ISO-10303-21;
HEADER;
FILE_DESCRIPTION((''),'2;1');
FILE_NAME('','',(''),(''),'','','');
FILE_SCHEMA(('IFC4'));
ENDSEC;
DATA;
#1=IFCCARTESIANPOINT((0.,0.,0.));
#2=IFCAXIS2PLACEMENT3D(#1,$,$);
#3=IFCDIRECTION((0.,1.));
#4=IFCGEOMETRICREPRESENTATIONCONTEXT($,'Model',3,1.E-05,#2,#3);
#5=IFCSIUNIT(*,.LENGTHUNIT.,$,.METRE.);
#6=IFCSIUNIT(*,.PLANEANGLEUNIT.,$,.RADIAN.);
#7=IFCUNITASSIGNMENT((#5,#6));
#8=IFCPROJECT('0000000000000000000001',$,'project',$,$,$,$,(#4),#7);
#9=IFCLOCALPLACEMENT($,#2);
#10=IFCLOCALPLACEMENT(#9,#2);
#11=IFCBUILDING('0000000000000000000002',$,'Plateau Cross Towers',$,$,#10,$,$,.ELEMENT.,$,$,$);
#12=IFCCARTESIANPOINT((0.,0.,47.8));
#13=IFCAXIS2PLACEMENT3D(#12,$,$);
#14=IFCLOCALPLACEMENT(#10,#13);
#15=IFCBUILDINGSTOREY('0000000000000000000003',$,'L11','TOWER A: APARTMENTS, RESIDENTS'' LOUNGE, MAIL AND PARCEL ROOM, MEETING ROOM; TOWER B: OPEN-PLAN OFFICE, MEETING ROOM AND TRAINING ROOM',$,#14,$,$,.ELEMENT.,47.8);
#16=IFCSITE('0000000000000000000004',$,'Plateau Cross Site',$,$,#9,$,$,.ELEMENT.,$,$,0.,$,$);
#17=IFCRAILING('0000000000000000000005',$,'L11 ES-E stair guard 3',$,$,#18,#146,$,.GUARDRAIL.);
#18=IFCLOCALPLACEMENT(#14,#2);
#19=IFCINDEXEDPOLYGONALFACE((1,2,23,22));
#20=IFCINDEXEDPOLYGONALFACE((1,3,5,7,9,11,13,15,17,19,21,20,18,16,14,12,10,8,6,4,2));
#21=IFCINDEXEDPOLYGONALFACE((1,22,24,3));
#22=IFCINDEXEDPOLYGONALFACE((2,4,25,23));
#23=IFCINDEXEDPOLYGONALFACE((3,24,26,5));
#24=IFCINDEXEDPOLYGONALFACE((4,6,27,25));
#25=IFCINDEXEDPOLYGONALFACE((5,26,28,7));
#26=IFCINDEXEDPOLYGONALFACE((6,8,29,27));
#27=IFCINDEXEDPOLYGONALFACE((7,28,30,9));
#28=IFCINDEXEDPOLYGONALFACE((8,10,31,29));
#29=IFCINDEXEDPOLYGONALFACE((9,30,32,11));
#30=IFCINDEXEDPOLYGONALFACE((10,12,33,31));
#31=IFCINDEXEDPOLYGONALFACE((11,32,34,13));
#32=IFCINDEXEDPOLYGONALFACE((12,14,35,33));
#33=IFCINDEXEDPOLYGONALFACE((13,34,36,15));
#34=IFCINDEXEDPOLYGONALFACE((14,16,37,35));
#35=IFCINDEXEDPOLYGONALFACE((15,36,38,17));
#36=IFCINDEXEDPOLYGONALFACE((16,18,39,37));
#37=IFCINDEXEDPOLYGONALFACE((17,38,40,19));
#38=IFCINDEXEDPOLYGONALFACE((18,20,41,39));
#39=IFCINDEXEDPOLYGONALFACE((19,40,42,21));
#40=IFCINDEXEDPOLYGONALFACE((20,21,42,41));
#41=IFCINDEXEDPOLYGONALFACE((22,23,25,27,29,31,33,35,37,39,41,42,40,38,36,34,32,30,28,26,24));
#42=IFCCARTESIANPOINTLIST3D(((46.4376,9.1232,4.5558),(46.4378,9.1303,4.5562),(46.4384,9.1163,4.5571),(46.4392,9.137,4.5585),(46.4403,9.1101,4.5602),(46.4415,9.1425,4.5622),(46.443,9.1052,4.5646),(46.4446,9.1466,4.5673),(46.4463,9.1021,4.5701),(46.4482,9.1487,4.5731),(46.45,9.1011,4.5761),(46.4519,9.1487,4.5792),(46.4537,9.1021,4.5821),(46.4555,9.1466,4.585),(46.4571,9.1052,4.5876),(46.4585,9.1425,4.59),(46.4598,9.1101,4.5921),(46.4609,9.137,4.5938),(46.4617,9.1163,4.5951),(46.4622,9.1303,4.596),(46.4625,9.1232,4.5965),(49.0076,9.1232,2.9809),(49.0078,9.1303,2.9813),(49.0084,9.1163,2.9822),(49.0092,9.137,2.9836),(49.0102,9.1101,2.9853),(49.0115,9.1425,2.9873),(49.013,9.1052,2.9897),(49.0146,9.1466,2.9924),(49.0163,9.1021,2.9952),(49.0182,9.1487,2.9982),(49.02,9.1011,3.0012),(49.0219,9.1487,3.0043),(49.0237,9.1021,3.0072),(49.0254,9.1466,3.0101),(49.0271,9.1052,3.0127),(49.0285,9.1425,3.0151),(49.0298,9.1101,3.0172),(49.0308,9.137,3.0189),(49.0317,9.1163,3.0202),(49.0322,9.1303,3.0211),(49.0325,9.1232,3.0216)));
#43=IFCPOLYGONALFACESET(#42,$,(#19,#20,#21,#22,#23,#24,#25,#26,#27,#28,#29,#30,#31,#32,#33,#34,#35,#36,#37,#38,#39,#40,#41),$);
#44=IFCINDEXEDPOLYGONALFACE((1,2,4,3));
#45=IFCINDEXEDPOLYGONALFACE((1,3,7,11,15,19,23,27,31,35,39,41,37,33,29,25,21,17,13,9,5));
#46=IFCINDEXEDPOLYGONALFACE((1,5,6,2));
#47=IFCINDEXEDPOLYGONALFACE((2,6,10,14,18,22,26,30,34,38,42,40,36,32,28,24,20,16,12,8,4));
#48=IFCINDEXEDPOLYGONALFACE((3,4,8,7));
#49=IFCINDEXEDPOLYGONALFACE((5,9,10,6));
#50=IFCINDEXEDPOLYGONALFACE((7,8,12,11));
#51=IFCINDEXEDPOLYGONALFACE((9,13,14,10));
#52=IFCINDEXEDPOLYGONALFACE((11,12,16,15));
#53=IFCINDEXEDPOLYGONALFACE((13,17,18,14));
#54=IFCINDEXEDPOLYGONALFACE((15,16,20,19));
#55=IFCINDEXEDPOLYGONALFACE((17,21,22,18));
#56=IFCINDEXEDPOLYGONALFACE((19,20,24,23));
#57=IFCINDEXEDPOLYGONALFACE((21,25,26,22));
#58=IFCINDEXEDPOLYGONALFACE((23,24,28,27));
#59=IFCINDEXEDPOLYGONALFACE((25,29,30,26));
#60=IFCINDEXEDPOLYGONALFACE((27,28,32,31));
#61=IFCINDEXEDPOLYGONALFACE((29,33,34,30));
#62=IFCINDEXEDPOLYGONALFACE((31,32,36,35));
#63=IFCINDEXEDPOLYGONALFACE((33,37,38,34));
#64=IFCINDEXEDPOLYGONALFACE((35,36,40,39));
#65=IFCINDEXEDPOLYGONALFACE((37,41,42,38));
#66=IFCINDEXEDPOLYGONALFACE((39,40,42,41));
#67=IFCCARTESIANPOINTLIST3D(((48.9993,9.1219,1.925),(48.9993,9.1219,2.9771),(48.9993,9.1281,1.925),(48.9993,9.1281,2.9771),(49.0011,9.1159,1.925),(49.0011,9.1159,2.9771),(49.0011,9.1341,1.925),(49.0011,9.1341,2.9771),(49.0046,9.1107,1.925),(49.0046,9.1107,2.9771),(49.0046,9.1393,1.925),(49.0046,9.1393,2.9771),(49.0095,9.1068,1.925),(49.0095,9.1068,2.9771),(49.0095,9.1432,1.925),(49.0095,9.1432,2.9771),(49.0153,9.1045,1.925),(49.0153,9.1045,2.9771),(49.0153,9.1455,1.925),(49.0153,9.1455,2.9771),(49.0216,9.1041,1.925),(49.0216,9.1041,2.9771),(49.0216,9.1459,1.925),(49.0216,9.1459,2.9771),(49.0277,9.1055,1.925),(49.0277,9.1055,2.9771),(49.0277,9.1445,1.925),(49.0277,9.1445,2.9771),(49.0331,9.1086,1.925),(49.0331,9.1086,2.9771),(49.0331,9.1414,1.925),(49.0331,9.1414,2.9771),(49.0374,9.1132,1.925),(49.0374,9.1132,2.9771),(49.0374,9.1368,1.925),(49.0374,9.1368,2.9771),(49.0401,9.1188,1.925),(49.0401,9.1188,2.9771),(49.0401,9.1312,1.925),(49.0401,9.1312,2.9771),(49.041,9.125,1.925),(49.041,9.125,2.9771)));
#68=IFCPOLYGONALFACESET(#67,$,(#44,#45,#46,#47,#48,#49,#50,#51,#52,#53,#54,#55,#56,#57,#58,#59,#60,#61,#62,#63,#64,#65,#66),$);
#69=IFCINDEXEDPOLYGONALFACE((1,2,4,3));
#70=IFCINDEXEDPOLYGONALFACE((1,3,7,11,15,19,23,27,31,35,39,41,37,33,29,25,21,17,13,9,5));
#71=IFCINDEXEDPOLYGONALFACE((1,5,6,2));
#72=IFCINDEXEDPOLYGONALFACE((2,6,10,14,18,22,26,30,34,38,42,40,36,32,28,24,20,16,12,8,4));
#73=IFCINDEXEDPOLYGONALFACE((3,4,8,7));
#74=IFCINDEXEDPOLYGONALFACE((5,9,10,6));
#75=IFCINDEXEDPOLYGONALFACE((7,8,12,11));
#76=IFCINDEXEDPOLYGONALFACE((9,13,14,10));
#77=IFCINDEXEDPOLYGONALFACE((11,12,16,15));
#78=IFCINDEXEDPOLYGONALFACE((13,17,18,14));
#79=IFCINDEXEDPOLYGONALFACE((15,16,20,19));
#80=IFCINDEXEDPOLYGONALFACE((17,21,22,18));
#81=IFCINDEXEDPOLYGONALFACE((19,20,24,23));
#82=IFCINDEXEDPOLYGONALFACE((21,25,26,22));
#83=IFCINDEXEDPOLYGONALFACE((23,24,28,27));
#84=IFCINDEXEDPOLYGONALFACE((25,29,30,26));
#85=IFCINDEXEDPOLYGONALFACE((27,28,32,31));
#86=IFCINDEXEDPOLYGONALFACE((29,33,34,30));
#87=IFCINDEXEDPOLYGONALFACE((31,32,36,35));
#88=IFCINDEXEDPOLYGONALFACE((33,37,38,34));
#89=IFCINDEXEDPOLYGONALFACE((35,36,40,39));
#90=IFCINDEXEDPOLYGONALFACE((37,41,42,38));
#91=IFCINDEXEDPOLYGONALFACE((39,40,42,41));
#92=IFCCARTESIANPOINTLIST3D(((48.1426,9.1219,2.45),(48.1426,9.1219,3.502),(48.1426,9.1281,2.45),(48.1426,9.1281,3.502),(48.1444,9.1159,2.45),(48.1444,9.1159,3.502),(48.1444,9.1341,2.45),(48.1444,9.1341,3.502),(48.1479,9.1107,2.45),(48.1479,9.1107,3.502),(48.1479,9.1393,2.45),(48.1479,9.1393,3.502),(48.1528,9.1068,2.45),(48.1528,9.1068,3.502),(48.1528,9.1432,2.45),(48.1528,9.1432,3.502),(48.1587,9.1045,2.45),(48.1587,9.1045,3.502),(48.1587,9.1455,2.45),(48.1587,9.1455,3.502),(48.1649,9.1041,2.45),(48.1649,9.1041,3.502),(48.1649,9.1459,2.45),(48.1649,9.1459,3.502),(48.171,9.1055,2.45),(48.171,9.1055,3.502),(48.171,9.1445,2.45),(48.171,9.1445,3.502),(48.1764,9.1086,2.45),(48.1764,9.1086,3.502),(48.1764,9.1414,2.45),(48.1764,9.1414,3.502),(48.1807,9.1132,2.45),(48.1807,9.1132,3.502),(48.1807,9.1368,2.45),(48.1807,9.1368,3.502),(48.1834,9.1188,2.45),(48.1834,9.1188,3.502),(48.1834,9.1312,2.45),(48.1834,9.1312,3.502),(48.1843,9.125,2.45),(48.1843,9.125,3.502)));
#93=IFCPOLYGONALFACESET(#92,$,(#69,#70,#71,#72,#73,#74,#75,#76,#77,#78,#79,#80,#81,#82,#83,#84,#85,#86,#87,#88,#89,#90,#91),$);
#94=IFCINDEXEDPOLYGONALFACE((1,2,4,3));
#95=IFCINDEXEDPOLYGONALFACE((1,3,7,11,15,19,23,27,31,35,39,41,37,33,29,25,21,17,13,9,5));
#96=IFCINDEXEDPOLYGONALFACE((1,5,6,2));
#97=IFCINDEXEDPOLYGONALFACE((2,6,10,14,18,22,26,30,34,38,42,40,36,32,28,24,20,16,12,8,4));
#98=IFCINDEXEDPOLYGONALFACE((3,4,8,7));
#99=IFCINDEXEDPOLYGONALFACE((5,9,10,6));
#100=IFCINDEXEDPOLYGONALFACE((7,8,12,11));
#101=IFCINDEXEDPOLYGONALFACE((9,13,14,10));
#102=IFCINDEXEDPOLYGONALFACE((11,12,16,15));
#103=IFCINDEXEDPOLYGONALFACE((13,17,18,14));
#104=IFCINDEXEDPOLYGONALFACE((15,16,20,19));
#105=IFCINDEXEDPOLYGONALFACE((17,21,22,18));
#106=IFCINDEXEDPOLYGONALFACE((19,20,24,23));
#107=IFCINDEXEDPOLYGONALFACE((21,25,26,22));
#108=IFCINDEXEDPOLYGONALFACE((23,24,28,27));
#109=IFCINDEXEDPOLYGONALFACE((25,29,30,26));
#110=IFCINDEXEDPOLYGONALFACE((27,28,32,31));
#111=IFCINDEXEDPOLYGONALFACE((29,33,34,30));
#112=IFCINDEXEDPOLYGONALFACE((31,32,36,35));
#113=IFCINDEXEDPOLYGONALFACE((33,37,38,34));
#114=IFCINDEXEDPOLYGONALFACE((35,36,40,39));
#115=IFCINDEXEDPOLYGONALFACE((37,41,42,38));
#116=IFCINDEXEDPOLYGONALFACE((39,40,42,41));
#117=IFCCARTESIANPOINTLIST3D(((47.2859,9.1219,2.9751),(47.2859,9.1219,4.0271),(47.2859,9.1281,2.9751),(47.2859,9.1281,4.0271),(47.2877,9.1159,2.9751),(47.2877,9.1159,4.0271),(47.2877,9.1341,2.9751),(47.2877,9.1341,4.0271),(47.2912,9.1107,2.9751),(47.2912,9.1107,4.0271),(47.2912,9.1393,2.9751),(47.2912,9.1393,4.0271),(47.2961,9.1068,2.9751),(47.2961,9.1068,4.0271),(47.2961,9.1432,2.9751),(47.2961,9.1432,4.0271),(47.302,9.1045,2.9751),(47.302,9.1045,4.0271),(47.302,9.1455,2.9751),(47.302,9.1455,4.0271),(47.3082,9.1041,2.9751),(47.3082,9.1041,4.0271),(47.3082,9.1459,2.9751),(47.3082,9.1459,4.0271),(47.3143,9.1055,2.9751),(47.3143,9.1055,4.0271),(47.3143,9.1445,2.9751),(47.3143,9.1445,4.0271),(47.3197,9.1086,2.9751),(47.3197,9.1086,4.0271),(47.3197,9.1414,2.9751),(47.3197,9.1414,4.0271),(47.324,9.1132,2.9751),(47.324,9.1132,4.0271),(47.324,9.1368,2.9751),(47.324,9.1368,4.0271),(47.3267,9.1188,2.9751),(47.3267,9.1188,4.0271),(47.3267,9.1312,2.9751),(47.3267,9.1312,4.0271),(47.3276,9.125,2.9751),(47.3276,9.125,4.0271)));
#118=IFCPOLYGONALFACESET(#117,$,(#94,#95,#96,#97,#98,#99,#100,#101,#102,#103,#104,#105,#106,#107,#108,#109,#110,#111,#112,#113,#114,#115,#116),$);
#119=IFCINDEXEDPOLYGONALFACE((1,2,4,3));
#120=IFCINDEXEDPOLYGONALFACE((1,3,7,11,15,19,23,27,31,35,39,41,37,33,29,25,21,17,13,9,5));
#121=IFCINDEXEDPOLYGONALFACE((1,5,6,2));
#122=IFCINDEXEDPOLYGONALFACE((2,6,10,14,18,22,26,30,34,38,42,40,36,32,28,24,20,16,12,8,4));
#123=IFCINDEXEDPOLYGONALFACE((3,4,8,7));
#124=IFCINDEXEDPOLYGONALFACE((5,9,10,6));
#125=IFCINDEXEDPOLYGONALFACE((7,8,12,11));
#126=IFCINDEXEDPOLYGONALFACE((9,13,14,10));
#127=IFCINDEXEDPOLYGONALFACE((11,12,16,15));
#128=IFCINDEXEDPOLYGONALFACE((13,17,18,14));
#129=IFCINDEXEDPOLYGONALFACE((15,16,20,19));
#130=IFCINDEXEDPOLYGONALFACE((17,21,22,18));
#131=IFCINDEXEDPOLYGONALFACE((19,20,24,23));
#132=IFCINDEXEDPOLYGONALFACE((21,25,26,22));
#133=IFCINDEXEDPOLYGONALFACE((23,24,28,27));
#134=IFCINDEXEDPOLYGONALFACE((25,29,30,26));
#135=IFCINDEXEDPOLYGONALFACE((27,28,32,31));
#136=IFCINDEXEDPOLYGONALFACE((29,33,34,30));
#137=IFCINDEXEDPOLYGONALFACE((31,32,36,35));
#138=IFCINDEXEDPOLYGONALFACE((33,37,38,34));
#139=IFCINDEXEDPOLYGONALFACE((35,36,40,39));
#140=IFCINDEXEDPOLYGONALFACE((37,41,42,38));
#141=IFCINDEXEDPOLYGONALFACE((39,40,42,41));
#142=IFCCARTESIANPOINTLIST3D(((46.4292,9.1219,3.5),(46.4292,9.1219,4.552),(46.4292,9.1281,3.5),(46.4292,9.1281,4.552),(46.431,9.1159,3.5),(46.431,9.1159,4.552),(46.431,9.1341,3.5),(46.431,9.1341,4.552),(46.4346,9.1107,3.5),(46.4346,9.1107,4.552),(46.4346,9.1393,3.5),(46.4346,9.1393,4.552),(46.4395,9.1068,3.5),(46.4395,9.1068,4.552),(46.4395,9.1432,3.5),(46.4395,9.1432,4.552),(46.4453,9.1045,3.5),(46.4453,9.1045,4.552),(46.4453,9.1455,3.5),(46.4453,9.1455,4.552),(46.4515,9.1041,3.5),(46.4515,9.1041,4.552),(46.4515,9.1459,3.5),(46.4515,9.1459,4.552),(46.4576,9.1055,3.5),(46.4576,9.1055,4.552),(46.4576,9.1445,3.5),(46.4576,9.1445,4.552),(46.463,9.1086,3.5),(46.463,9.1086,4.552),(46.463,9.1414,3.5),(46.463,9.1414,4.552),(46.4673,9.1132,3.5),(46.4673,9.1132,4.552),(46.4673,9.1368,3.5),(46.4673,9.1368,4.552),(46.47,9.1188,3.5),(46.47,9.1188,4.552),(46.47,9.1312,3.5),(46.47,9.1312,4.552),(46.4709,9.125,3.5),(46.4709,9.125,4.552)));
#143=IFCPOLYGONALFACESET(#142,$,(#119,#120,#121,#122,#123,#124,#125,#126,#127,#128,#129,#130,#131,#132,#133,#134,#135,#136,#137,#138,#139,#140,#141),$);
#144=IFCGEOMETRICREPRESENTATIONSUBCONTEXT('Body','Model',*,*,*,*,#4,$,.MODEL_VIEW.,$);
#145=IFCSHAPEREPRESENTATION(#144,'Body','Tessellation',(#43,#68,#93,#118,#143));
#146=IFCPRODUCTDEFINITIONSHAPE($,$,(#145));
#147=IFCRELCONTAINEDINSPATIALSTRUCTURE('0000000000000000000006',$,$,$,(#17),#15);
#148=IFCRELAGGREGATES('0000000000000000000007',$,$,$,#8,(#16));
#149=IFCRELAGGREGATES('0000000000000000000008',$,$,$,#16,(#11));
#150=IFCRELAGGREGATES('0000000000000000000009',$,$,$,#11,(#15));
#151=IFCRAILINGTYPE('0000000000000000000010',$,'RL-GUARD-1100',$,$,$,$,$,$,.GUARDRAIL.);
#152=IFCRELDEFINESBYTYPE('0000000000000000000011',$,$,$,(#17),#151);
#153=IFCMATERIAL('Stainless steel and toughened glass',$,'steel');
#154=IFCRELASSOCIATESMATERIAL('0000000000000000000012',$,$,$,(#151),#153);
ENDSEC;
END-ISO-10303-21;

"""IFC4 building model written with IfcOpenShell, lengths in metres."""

from ifc_helpers import new_model, si_unit, direction, frame, origin, origin_2d, place, context, subcontext, project, spatial, circle, extrude, material, type_object, element, save


model = new_model("IFC4")

# Units and contexts
model_context = context("Model", 3, precision=1e-05, world=origin(), true_north=direction((0.0, 1.0)))
body_context = subcontext(model_context, "Body", "Model", "MODEL_VIEW")
ifc_project = project(units=[si_unit("LENGTHUNIT", "METRE"), si_unit("PLANEANGLEUNIT", "RADIAN")], contexts=[model_context])

# Site, building, storey
site_placement = place(None, origin())
site = spatial("IfcSite", under=ifc_project, at=site_placement, Name="Plateau Cross Site", CompositionType="ELEMENT", RefElevation=0.0)
building_placement = place(site_placement, origin())
building = spatial("IfcBuilding", under=site, at=building_placement, Name="Plateau Cross Towers", CompositionType="ELEMENT")
storey_placement = place(building_placement, frame((0.0, 0.0, 47.8)))
storey = spatial("IfcBuildingStorey", under=building, at=storey_placement, Name="L11", Description="TOWER A: APARTMENTS, RESIDENTS' LOUNGE, MAIL AND PARCEL ROOM, MEETING ROOM; TOWER B: OPEN-PLAN OFFICE, MEETING ROOM AND TRAINING ROOM", CompositionType="ELEMENT", Elevation=47.8)

# Railing
ifc_material_1 = material(Name="Stainless steel and toughened glass", Category="steel")
railing_type_1 = type_object("IfcRailingType", Name="RL-GUARD-1100", PredefinedType="GUARDRAIL", material=ifc_material_1)
railing_1_placement = place(storey_placement, frame((49.02, 9.125, 1.925)))
element("IfcRailing", 1, at=railing_1_placement, inside=storey, type_object=railing_type_1, Name="L11 ES-E stair guard 3", PredefinedType="GUARDRAIL", context=body_context, shape_type="SweptSolid", body=[
    extrude(circle(Radius=0.0239, at=origin_2d()), frame((0.0, 0.0, 1.0762), z_axis=(-0.852639, 0.0, 0.522501), x_axis=(0.0, -1.0, 0.0)), (0.0, 0.0, 1.0), 3.0142),
    extrude(circle(Radius=0.021, at=origin_2d()), origin(), (0.0, 0.0, 1.0), 1.052),
    extrude(circle(Radius=0.021, at=origin_2d()), frame((-0.8567, 0.0, 0.5249)), (0.0, 0.0, 1.0), 1.052),
    extrude(circle(Radius=0.021, at=origin_2d()), frame((-1.7134, 0.0, 1.05)), (0.0, 0.0, 1.0), 1.052),
    extrude(circle(Radius=0.021, at=origin_2d()), frame((-2.5701, 0.0, 1.575)), (0.0, 0.0, 1.0), 1.052),
])

save(model, "model.ifc")
